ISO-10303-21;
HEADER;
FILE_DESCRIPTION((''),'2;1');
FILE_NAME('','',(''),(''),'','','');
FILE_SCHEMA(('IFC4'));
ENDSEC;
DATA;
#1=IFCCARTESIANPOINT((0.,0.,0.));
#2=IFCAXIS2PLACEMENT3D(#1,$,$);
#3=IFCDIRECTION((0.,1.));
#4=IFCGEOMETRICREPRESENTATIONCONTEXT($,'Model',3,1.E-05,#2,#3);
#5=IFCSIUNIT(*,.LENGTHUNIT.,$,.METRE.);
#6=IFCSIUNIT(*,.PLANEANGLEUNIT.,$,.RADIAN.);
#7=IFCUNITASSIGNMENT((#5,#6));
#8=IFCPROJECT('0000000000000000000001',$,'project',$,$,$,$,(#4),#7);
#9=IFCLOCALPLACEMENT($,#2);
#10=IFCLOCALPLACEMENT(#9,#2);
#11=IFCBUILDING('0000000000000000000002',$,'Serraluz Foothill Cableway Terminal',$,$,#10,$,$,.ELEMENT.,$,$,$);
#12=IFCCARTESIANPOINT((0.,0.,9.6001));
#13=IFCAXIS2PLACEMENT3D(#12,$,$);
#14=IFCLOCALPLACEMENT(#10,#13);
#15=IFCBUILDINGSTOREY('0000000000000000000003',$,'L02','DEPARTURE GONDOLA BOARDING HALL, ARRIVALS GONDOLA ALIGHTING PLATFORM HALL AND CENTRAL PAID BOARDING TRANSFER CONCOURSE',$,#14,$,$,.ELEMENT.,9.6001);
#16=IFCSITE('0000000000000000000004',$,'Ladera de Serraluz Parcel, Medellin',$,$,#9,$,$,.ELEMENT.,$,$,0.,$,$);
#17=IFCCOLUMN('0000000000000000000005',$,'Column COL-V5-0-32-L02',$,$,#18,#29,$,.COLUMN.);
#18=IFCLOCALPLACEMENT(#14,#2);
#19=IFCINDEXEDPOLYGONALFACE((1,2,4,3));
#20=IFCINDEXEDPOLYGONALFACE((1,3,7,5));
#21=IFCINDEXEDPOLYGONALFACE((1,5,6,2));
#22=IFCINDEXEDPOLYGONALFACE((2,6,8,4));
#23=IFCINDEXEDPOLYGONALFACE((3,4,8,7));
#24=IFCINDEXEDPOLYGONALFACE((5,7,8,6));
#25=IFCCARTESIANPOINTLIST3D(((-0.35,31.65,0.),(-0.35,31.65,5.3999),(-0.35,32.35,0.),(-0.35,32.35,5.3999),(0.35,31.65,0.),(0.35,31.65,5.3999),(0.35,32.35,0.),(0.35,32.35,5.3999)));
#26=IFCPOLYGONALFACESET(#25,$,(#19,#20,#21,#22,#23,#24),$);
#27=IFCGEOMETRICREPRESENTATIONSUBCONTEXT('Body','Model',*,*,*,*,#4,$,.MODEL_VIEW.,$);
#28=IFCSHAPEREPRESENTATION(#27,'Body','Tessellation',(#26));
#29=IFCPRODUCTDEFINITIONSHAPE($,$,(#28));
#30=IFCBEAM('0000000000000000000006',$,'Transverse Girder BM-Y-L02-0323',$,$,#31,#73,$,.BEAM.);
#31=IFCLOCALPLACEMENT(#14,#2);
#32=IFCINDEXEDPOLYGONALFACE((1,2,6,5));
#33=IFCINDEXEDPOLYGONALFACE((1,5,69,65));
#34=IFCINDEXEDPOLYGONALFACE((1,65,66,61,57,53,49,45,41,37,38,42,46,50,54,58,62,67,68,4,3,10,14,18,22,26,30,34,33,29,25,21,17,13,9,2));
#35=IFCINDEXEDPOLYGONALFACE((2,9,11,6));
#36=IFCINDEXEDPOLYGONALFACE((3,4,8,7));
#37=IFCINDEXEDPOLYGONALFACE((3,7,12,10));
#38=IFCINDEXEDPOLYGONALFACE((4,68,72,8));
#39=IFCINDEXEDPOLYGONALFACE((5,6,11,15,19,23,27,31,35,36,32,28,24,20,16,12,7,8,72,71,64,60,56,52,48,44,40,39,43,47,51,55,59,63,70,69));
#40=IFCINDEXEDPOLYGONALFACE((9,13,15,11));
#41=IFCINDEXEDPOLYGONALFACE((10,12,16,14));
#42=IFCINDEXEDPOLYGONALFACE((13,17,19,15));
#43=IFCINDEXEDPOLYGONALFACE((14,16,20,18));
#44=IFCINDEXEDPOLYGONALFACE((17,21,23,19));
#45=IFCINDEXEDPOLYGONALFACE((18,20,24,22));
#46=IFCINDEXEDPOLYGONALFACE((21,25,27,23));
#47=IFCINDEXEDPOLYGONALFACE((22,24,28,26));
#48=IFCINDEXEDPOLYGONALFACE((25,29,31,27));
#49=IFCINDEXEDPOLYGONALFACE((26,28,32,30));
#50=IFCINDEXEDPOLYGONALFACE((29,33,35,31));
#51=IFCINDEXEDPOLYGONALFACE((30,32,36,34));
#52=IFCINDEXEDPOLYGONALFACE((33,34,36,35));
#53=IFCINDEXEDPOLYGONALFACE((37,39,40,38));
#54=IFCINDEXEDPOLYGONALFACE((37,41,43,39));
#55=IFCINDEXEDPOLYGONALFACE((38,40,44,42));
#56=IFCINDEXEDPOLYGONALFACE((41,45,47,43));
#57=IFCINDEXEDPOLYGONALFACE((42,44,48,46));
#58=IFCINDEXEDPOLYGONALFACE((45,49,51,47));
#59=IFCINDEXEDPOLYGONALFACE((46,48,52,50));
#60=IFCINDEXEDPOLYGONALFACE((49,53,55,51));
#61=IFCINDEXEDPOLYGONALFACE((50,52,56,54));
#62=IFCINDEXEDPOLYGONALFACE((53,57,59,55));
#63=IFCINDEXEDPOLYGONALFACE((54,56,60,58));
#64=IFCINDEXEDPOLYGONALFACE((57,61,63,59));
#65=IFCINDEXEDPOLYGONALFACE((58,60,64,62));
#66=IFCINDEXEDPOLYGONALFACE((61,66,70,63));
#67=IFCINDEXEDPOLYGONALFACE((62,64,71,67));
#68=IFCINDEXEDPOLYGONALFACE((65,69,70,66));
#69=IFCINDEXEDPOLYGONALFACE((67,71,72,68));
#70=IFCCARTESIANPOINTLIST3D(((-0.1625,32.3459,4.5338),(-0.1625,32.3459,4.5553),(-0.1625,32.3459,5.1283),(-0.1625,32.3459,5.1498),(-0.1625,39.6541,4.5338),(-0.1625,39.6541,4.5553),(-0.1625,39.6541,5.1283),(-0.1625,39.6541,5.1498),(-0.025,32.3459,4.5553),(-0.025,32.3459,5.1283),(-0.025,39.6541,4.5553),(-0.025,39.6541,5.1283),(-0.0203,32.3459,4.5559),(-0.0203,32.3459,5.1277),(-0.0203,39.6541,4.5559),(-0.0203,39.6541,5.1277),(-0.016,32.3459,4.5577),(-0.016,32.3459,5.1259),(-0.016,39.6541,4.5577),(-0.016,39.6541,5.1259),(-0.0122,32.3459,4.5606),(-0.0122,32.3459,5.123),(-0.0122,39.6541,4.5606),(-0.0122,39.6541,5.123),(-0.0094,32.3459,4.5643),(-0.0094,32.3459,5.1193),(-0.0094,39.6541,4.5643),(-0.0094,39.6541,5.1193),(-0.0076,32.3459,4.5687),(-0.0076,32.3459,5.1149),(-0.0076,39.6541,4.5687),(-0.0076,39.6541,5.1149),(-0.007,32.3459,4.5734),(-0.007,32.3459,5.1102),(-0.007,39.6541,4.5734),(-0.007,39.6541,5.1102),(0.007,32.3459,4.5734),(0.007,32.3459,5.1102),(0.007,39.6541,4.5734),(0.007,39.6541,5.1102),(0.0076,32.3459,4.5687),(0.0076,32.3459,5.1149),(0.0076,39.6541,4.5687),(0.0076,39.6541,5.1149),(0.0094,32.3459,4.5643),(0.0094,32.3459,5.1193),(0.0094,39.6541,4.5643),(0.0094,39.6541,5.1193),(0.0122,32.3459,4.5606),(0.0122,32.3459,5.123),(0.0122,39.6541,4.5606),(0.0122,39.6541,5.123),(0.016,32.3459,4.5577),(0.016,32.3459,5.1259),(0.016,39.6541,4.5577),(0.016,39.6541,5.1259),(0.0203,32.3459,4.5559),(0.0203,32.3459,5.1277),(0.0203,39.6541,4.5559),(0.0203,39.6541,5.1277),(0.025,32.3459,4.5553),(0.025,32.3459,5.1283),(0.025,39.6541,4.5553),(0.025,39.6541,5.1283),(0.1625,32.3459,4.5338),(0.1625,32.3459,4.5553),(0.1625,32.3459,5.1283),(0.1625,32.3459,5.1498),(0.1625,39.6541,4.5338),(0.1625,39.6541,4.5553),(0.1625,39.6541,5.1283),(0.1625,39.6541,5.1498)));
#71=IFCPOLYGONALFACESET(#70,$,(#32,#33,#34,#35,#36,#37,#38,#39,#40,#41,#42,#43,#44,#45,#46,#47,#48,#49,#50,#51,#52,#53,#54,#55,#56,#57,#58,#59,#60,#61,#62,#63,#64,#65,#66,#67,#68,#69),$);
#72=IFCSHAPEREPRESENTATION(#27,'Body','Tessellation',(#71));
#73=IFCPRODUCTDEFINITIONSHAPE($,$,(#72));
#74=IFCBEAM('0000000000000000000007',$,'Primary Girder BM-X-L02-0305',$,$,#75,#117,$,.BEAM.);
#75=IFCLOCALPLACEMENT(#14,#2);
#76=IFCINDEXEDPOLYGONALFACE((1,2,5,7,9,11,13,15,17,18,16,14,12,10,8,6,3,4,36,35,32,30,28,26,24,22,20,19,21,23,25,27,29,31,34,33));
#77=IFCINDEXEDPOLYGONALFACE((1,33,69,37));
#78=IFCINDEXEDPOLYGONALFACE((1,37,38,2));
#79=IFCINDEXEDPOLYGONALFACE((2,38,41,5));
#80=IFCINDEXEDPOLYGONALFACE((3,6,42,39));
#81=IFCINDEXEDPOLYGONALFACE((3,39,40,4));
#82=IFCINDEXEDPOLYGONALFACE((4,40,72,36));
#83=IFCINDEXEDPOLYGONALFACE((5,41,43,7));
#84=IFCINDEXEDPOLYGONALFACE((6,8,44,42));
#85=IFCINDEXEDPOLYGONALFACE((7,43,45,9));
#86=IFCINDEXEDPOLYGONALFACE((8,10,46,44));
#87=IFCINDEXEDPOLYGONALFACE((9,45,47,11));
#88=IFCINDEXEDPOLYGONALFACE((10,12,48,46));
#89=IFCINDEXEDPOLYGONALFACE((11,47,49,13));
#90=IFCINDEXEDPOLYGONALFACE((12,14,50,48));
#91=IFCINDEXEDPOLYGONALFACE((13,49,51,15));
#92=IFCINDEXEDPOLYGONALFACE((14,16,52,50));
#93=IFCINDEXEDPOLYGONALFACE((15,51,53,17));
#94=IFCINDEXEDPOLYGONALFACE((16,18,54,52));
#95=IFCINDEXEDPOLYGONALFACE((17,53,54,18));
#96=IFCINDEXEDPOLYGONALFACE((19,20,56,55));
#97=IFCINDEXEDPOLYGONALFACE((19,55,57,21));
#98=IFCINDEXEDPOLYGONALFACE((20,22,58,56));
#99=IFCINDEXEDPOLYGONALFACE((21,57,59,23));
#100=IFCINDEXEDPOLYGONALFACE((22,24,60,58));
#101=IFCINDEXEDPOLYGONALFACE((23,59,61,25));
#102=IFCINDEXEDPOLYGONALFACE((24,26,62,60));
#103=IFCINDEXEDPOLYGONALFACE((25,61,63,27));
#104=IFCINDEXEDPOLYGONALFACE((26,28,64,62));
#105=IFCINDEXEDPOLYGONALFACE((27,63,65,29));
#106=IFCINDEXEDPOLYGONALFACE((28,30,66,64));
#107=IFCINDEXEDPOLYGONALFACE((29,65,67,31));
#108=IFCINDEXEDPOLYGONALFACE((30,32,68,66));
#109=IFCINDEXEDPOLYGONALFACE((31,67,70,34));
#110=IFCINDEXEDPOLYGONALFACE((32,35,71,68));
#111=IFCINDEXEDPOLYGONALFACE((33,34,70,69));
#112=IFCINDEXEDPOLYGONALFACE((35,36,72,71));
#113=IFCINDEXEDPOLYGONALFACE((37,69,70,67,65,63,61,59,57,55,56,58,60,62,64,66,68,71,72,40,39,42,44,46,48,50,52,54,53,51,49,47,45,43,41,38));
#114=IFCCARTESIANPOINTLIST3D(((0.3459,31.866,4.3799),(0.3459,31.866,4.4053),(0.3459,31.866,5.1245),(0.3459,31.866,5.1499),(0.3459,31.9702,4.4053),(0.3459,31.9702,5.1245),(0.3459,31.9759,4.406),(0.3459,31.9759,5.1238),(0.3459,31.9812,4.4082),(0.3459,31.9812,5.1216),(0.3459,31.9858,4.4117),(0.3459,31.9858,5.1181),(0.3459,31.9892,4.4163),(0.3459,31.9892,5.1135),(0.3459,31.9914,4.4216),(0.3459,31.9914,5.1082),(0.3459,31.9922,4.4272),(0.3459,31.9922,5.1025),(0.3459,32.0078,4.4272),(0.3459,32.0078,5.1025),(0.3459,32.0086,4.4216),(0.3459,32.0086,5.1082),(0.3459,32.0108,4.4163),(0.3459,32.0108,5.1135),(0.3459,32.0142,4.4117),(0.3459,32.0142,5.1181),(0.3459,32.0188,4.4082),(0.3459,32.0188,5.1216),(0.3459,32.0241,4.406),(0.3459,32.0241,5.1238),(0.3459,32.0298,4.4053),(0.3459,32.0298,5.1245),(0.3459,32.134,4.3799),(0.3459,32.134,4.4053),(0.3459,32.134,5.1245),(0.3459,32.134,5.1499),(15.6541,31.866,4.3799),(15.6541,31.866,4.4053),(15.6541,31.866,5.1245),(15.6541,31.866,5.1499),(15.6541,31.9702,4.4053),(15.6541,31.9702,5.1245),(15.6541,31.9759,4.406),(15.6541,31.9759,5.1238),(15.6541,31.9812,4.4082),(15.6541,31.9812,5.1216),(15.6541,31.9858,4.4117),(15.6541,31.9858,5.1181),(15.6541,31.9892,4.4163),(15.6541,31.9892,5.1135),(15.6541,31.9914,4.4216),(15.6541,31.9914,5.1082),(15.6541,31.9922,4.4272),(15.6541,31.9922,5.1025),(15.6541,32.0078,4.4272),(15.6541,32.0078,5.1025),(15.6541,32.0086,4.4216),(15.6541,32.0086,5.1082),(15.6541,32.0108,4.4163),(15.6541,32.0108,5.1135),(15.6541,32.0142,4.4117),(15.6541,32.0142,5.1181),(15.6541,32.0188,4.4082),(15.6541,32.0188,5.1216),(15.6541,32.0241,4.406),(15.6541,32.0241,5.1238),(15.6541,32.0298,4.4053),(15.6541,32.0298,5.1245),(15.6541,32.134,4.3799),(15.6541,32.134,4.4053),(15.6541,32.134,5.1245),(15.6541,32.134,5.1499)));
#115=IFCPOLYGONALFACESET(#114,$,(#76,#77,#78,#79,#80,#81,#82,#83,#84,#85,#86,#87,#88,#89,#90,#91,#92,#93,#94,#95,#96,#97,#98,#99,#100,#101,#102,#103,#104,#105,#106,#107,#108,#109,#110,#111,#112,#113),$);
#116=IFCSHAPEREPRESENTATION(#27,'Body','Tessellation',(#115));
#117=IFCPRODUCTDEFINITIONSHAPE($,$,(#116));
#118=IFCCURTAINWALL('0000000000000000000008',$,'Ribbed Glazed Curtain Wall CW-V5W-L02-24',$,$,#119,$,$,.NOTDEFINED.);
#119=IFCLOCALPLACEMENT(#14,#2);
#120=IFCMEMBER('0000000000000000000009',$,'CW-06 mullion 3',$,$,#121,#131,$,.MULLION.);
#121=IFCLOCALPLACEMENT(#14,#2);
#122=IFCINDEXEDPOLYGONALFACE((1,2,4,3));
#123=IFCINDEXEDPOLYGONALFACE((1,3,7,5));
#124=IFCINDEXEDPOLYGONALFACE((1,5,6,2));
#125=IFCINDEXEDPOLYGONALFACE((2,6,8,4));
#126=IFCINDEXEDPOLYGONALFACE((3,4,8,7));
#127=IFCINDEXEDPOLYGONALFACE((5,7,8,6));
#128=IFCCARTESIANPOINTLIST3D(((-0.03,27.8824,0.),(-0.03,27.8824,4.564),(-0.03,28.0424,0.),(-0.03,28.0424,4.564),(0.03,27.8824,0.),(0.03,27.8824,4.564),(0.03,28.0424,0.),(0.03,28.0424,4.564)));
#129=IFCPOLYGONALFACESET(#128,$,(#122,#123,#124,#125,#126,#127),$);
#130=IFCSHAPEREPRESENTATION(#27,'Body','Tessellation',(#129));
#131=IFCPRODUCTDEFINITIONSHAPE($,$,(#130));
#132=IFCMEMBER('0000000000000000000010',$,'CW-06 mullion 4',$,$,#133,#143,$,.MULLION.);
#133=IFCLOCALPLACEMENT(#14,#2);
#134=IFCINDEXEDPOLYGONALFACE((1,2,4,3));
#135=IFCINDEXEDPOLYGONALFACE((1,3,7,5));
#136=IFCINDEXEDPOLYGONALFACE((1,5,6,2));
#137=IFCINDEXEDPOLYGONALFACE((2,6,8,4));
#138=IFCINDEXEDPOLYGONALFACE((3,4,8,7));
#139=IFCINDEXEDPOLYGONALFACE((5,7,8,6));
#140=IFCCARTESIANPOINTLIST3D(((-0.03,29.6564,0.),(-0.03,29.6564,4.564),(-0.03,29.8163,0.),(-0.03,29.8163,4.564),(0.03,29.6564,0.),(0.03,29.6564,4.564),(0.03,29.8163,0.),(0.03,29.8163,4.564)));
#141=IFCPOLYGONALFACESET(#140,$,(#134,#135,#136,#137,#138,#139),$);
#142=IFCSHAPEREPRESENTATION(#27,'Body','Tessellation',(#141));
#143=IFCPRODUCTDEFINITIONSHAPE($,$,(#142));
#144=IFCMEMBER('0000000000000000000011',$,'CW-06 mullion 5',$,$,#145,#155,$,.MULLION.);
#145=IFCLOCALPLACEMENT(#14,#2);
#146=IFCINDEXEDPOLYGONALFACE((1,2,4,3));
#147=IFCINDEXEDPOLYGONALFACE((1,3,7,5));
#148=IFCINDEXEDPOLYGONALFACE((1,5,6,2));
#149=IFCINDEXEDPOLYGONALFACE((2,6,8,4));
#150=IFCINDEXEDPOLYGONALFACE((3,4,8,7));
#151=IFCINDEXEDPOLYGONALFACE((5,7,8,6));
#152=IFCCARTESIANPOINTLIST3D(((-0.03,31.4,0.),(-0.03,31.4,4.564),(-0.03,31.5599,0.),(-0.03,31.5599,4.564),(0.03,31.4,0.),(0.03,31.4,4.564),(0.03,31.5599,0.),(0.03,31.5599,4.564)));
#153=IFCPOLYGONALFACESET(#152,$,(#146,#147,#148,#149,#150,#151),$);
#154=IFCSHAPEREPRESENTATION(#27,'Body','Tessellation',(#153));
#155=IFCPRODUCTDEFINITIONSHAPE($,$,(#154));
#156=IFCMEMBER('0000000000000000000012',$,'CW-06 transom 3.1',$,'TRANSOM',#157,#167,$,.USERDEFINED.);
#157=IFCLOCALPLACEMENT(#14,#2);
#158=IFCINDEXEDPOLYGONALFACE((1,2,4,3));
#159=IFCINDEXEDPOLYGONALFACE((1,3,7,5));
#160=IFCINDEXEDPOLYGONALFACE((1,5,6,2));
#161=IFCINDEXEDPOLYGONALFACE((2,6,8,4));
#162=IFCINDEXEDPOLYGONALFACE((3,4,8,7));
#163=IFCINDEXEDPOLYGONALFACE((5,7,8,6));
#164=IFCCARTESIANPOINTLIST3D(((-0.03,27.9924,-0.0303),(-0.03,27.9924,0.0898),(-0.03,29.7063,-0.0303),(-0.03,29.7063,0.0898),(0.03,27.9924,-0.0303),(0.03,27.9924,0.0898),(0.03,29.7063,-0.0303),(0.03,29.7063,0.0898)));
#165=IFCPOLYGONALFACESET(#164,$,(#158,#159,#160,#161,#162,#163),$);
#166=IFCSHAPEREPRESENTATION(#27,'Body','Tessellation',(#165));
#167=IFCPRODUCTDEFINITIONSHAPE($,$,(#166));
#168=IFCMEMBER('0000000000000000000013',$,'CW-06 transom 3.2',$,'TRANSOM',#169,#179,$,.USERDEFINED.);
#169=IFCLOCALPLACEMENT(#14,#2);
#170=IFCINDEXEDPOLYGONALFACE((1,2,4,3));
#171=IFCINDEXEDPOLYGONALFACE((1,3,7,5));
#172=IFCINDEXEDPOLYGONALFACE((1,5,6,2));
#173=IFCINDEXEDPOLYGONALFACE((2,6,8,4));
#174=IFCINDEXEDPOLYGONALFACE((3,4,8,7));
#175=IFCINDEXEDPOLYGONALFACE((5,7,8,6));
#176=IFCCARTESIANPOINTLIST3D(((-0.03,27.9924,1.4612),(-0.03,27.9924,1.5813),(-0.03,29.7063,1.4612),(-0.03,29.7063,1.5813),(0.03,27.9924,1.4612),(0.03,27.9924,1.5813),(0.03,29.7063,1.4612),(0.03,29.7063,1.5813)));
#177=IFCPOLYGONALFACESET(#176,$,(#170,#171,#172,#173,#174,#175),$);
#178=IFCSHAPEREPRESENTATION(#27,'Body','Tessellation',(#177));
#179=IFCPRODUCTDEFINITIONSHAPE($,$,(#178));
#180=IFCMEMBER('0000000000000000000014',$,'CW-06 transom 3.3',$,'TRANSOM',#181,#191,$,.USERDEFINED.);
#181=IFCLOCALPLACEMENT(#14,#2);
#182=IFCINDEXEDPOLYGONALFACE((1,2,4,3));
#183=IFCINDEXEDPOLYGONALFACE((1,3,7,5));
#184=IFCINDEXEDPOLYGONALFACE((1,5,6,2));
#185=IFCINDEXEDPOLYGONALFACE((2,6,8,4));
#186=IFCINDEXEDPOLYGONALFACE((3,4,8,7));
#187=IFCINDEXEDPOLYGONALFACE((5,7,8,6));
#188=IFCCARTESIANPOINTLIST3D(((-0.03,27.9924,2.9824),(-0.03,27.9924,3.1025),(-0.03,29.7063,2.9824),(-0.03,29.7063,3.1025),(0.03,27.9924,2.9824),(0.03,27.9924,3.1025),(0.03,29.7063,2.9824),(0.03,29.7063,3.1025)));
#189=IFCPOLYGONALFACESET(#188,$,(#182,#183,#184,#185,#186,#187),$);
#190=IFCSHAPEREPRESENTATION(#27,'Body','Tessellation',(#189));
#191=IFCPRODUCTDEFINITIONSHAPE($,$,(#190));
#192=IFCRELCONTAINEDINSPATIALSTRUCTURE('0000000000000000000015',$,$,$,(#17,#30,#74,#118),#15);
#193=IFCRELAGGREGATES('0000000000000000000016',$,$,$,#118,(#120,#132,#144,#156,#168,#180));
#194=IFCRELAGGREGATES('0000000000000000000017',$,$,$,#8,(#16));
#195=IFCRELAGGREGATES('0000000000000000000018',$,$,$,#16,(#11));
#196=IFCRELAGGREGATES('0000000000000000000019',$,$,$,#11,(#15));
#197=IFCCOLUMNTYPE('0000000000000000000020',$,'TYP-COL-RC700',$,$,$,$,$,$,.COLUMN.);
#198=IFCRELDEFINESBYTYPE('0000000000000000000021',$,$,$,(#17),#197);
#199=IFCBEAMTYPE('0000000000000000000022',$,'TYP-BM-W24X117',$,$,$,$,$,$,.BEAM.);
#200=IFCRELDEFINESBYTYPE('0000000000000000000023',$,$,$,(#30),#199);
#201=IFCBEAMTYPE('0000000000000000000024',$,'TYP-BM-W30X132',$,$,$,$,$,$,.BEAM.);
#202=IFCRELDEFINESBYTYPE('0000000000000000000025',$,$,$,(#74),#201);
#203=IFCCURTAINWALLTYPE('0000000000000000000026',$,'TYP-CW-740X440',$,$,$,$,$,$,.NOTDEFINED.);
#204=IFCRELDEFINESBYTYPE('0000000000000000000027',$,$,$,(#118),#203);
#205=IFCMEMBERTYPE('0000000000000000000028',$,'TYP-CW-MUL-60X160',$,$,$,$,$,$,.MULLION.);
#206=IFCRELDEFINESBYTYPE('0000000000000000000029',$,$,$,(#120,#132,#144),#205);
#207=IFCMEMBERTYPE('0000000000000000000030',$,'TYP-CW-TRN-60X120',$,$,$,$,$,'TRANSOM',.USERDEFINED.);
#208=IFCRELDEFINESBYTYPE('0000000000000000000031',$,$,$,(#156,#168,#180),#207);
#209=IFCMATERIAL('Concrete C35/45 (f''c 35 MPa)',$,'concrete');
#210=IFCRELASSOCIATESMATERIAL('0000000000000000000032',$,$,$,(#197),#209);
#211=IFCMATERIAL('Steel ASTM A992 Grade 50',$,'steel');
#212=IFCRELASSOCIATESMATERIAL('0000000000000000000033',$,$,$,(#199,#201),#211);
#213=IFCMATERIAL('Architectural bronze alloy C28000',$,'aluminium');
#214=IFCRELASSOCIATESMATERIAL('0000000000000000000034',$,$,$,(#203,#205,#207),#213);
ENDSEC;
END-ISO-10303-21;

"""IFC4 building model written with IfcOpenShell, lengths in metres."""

from ifc_helpers import new_model, si_unit, direction, frame, origin, origin_2d, place, context, subcontext, project, spatial, rectangle, i_section, extrude, material, material_profile, profile_set, type_object, element, aggregate, save


model = new_model("IFC4")

# Units and contexts
model_context = context("Model", 3, precision=1e-05, world=origin(), true_north=direction((0.0, 1.0)))
body_context = subcontext(model_context, "Body", "Model", "MODEL_VIEW")
ifc_project = project(units=[si_unit("LENGTHUNIT", "METRE"), si_unit("PLANEANGLEUNIT", "RADIAN")], contexts=[model_context])

# Site, building, storey
site_placement = place(None, origin())
site = spatial("IfcSite", under=ifc_project, at=site_placement, Name="Ladera de Serraluz Parcel, Medellin", CompositionType="ELEMENT", RefElevation=0.0)
building_placement = place(site_placement, origin())
building = spatial("IfcBuilding", under=site, at=building_placement, Name="Serraluz Foothill Cableway Terminal", CompositionType="ELEMENT")
storey_placement = place(building_placement, frame((0.0, 0.0, 9.6001)))
storey = spatial("IfcBuildingStorey", under=building, at=storey_placement, Name="L02", Description="DEPARTURE GONDOLA BOARDING HALL, ARRIVALS GONDOLA ALIGHTING PLATFORM HALL AND CENTRAL PAID BOARDING TRANSFER CONCOURSE", CompositionType="ELEMENT", Elevation=9.6001)

# Column
ifc_material_1 = material(Name="Concrete C35/45 (f'c 35 MPa)", Category="concrete")
ifc_material_profile_1 = material_profile(ifc_material_1, rectangle(XDim=0.7, YDim=0.7, at=origin_2d()), Name="RC 700x700")
ifc_profile_set_1 = profile_set([ifc_material_profile_1], Name="Concrete C35/45 (f'c 35 MPa)")
column_type = type_object("IfcColumnType", Name="TYP-COL-RC700", PredefinedType="COLUMN", material=ifc_profile_set_1)
column_placement = place(storey_placement, frame((0.0, 32.0, 0.0), z_axis=(0.0, 0.0, 1.0), x_axis=(1.0, 0.0, 0.0)))
element("IfcColumn", 1, at=column_placement, inside=storey, type_object=column_type, Name="Column COL-V5-0-32-L02", PredefinedType="COLUMN", context=body_context, shape_type="SweptSolid", body=[
    extrude(rectangle(XDim=0.7, YDim=0.7, at=origin_2d()), origin(), (0.0, 0.0, 1.0), 5.3999),
])

# Beams
ifc_material_2 = material(Name="Steel ASTM A992 Grade 50", Category="steel")
ifc_material_profile_2 = material_profile(ifc_material_2, i_section(OverallWidth=0.325, OverallDepth=0.616, WebThickness=0.0139, FlangeThickness=0.0215, FilletRadius=0.0181, at=origin_2d()), Name="W24X117")
ifc_profile_set_2 = profile_set([ifc_material_profile_2], Name="Steel ASTM A992 Grade 50")
beam_type_1 = type_object("IfcBeamType", Name="TYP-BM-W24X117", PredefinedType="BEAM", material=ifc_profile_set_2)
beam_1_placement = place(storey_placement, frame((0.0, 32.3459, 4.8418), z_axis=(0.0, 1.0, 0.0), x_axis=(-1.0, 0.0, 0.0)))
element("IfcBeam", 2, at=beam_1_placement, inside=storey, type_object=beam_type_1, Name="Transverse Girder BM-Y-L02-0323", PredefinedType="BEAM", context=body_context, shape_type="SweptSolid", body=[
    extrude(i_section(OverallWidth=0.325, OverallDepth=0.616, WebThickness=0.0139, FlangeThickness=0.0215, FilletRadius=0.0181, at=origin_2d()), origin(), (0.0, 0.0, 1.0), 7.3081),
])
ifc_material_profile_3 = material_profile(ifc_material_2, i_section(OverallWidth=0.2681, OverallDepth=0.77, WebThickness=0.0156, FlangeThickness=0.0254, FilletRadius=0.022, at=origin_2d()), Name="W30X132")
ifc_profile_set_3 = profile_set([ifc_material_profile_3], Name="Steel ASTM A992 Grade 50")
beam_type_2 = type_object("IfcBeamType", Name="TYP-BM-W30X132", PredefinedType="BEAM", material=ifc_profile_set_3)
beam_2_placement = place(storey_placement, frame((0.3459, 32.0, 4.7649), z_axis=(1.0, 0.0, 0.0), x_axis=(0.0, 1.0, 0.0)))
element("IfcBeam", 3, at=beam_2_placement, inside=storey, type_object=beam_type_2, Name="Primary Girder BM-X-L02-0305", PredefinedType="BEAM", context=body_context, shape_type="SweptSolid", body=[
    extrude(i_section(OverallWidth=0.2681, OverallDepth=0.77, WebThickness=0.0156, FlangeThickness=0.0254, FilletRadius=0.022, at=origin_2d()), origin(), (0.0, 0.0, 1.0), 15.3081),
])

# Curtain wall, members
ifc_material_3 = material(Name="Architectural bronze alloy C28000", Category="aluminium")
curtain_wall_type = type_object("IfcCurtainWallType", Name="TYP-CW-740X440", PredefinedType="NOTDEFINED", material=ifc_material_3)
curtain_wall_placement = place(storey_placement, origin())
curtain_wall = element("IfcCurtainWall", 4, at=curtain_wall_placement, inside=storey, type_object=curtain_wall_type, Name="Ribbed Glazed Curtain Wall CW-V5W-L02-24", PredefinedType="NOTDEFINED")
ifc_material_profile_4 = material_profile(ifc_material_3, rectangle(XDim=0.0601, YDim=0.1599, at=origin_2d()), Name="ALU MULLION 60x160")
ifc_profile_set_4 = profile_set([ifc_material_profile_4], Name="Architectural bronze alloy C28000")
member_type_1 = type_object("IfcMemberType", Name="TYP-CW-MUL-60X160", PredefinedType="MULLION", material=ifc_profile_set_4)
member_1_placement = place(storey_placement, frame((0.0, 27.9624, 0.0), z_axis=(0.0, 0.0, 1.0), x_axis=(-1.0, 0.0, 0.0)))
member_1 = element("IfcMember", 5, at=member_1_placement, type_object=member_type_1, Name="CW-06 mullion 3", PredefinedType="MULLION", context=body_context, shape_type="SweptSolid", body=[
    extrude(rectangle(XDim=0.0601, YDim=0.1599, at=origin_2d()), origin(), (0.0, 0.0, 1.0), 4.564),
])
member_2_placement = place(storey_placement, frame((0.0, 29.7363, 0.0), z_axis=(0.0, 0.0, 1.0), x_axis=(-1.0, 0.0, 0.0)))
member_2 = element("IfcMember", 6, at=member_2_placement, type_object=member_type_1, Name="CW-06 mullion 4", PredefinedType="MULLION", context=body_context, shape_type="SweptSolid", body=[
    extrude(rectangle(XDim=0.0601, YDim=0.1599, at=origin_2d()), origin(), (0.0, 0.0, 1.0), 4.564),
])
member_3_placement = place(storey_placement, frame((0.0, 31.48, 0.0), z_axis=(0.0, 0.0, 1.0), x_axis=(-1.0, 0.0, 0.0)))
member_3 = element("IfcMember", 7, at=member_3_placement, type_object=member_type_1, Name="CW-06 mullion 5", PredefinedType="MULLION", context=body_context, shape_type="SweptSolid", body=[
    extrude(rectangle(XDim=0.0601, YDim=0.1599, at=origin_2d()), origin(), (0.0, 0.0, 1.0), 4.564),
])
ifc_material_profile_5 = material_profile(ifc_material_3, rectangle(XDim=0.0601, YDim=0.1201, at=origin_2d()), Name="ALU TRANSOM 60x120")
ifc_profile_set_5 = profile_set([ifc_material_profile_5], Name="Architectural bronze alloy C28000")
member_type_2 = type_object("IfcMemberType", Name="TYP-CW-TRN-60X120", ElementType="TRANSOM", PredefinedType="USERDEFINED", material=ifc_profile_set_5)
member_4_placement = place(storey_placement, frame((0.0, 27.9924, 0.0298), z_axis=(0.0, 1.0, 0.0), x_axis=(-1.0, 0.0, 0.0)))
member_4 = element("IfcMember", 8, at=member_4_placement, type_object=member_type_2, Name="CW-06 transom 3.1", ObjectType="TRANSOM", PredefinedType="USERDEFINED", context=body_context, shape_type="SweptSolid", body=[
    extrude(rectangle(XDim=0.0601, YDim=0.1201, at=origin_2d()), origin(), (0.0, 0.0, 1.0), 1.7139),
])
member_5_placement = place(storey_placement, frame((0.0, 27.9924, 1.5212), z_axis=(0.0, 1.0, 0.0), x_axis=(-1.0, 0.0, 0.0)))
member_5 = element("IfcMember", 9, at=member_5_placement, type_object=member_type_2, Name="CW-06 transom 3.2", ObjectType="TRANSOM", PredefinedType="USERDEFINED", context=body_context, shape_type="SweptSolid", body=[
    extrude(rectangle(XDim=0.0601, YDim=0.1201, at=origin_2d()), origin(), (0.0, 0.0, 1.0), 1.7139),
])
member_6_placement = place(storey_placement, frame((0.0, 27.9924, 3.0425), z_axis=(0.0, 1.0, 0.0), x_axis=(-1.0, 0.0, 0.0)))
member_6 = element("IfcMember", 10, at=member_6_placement, type_object=member_type_2, Name="CW-06 transom 3.3", ObjectType="TRANSOM", PredefinedType="USERDEFINED", context=body_context, shape_type="SweptSolid", body=[
    extrude(rectangle(XDim=0.0601, YDim=0.1201, at=origin_2d()), origin(), (0.0, 0.0, 1.0), 1.7139),
])

aggregate(curtain_wall, [member_1, member_2, member_3, member_4, member_5, member_6])

save(model, "model.ifc")
